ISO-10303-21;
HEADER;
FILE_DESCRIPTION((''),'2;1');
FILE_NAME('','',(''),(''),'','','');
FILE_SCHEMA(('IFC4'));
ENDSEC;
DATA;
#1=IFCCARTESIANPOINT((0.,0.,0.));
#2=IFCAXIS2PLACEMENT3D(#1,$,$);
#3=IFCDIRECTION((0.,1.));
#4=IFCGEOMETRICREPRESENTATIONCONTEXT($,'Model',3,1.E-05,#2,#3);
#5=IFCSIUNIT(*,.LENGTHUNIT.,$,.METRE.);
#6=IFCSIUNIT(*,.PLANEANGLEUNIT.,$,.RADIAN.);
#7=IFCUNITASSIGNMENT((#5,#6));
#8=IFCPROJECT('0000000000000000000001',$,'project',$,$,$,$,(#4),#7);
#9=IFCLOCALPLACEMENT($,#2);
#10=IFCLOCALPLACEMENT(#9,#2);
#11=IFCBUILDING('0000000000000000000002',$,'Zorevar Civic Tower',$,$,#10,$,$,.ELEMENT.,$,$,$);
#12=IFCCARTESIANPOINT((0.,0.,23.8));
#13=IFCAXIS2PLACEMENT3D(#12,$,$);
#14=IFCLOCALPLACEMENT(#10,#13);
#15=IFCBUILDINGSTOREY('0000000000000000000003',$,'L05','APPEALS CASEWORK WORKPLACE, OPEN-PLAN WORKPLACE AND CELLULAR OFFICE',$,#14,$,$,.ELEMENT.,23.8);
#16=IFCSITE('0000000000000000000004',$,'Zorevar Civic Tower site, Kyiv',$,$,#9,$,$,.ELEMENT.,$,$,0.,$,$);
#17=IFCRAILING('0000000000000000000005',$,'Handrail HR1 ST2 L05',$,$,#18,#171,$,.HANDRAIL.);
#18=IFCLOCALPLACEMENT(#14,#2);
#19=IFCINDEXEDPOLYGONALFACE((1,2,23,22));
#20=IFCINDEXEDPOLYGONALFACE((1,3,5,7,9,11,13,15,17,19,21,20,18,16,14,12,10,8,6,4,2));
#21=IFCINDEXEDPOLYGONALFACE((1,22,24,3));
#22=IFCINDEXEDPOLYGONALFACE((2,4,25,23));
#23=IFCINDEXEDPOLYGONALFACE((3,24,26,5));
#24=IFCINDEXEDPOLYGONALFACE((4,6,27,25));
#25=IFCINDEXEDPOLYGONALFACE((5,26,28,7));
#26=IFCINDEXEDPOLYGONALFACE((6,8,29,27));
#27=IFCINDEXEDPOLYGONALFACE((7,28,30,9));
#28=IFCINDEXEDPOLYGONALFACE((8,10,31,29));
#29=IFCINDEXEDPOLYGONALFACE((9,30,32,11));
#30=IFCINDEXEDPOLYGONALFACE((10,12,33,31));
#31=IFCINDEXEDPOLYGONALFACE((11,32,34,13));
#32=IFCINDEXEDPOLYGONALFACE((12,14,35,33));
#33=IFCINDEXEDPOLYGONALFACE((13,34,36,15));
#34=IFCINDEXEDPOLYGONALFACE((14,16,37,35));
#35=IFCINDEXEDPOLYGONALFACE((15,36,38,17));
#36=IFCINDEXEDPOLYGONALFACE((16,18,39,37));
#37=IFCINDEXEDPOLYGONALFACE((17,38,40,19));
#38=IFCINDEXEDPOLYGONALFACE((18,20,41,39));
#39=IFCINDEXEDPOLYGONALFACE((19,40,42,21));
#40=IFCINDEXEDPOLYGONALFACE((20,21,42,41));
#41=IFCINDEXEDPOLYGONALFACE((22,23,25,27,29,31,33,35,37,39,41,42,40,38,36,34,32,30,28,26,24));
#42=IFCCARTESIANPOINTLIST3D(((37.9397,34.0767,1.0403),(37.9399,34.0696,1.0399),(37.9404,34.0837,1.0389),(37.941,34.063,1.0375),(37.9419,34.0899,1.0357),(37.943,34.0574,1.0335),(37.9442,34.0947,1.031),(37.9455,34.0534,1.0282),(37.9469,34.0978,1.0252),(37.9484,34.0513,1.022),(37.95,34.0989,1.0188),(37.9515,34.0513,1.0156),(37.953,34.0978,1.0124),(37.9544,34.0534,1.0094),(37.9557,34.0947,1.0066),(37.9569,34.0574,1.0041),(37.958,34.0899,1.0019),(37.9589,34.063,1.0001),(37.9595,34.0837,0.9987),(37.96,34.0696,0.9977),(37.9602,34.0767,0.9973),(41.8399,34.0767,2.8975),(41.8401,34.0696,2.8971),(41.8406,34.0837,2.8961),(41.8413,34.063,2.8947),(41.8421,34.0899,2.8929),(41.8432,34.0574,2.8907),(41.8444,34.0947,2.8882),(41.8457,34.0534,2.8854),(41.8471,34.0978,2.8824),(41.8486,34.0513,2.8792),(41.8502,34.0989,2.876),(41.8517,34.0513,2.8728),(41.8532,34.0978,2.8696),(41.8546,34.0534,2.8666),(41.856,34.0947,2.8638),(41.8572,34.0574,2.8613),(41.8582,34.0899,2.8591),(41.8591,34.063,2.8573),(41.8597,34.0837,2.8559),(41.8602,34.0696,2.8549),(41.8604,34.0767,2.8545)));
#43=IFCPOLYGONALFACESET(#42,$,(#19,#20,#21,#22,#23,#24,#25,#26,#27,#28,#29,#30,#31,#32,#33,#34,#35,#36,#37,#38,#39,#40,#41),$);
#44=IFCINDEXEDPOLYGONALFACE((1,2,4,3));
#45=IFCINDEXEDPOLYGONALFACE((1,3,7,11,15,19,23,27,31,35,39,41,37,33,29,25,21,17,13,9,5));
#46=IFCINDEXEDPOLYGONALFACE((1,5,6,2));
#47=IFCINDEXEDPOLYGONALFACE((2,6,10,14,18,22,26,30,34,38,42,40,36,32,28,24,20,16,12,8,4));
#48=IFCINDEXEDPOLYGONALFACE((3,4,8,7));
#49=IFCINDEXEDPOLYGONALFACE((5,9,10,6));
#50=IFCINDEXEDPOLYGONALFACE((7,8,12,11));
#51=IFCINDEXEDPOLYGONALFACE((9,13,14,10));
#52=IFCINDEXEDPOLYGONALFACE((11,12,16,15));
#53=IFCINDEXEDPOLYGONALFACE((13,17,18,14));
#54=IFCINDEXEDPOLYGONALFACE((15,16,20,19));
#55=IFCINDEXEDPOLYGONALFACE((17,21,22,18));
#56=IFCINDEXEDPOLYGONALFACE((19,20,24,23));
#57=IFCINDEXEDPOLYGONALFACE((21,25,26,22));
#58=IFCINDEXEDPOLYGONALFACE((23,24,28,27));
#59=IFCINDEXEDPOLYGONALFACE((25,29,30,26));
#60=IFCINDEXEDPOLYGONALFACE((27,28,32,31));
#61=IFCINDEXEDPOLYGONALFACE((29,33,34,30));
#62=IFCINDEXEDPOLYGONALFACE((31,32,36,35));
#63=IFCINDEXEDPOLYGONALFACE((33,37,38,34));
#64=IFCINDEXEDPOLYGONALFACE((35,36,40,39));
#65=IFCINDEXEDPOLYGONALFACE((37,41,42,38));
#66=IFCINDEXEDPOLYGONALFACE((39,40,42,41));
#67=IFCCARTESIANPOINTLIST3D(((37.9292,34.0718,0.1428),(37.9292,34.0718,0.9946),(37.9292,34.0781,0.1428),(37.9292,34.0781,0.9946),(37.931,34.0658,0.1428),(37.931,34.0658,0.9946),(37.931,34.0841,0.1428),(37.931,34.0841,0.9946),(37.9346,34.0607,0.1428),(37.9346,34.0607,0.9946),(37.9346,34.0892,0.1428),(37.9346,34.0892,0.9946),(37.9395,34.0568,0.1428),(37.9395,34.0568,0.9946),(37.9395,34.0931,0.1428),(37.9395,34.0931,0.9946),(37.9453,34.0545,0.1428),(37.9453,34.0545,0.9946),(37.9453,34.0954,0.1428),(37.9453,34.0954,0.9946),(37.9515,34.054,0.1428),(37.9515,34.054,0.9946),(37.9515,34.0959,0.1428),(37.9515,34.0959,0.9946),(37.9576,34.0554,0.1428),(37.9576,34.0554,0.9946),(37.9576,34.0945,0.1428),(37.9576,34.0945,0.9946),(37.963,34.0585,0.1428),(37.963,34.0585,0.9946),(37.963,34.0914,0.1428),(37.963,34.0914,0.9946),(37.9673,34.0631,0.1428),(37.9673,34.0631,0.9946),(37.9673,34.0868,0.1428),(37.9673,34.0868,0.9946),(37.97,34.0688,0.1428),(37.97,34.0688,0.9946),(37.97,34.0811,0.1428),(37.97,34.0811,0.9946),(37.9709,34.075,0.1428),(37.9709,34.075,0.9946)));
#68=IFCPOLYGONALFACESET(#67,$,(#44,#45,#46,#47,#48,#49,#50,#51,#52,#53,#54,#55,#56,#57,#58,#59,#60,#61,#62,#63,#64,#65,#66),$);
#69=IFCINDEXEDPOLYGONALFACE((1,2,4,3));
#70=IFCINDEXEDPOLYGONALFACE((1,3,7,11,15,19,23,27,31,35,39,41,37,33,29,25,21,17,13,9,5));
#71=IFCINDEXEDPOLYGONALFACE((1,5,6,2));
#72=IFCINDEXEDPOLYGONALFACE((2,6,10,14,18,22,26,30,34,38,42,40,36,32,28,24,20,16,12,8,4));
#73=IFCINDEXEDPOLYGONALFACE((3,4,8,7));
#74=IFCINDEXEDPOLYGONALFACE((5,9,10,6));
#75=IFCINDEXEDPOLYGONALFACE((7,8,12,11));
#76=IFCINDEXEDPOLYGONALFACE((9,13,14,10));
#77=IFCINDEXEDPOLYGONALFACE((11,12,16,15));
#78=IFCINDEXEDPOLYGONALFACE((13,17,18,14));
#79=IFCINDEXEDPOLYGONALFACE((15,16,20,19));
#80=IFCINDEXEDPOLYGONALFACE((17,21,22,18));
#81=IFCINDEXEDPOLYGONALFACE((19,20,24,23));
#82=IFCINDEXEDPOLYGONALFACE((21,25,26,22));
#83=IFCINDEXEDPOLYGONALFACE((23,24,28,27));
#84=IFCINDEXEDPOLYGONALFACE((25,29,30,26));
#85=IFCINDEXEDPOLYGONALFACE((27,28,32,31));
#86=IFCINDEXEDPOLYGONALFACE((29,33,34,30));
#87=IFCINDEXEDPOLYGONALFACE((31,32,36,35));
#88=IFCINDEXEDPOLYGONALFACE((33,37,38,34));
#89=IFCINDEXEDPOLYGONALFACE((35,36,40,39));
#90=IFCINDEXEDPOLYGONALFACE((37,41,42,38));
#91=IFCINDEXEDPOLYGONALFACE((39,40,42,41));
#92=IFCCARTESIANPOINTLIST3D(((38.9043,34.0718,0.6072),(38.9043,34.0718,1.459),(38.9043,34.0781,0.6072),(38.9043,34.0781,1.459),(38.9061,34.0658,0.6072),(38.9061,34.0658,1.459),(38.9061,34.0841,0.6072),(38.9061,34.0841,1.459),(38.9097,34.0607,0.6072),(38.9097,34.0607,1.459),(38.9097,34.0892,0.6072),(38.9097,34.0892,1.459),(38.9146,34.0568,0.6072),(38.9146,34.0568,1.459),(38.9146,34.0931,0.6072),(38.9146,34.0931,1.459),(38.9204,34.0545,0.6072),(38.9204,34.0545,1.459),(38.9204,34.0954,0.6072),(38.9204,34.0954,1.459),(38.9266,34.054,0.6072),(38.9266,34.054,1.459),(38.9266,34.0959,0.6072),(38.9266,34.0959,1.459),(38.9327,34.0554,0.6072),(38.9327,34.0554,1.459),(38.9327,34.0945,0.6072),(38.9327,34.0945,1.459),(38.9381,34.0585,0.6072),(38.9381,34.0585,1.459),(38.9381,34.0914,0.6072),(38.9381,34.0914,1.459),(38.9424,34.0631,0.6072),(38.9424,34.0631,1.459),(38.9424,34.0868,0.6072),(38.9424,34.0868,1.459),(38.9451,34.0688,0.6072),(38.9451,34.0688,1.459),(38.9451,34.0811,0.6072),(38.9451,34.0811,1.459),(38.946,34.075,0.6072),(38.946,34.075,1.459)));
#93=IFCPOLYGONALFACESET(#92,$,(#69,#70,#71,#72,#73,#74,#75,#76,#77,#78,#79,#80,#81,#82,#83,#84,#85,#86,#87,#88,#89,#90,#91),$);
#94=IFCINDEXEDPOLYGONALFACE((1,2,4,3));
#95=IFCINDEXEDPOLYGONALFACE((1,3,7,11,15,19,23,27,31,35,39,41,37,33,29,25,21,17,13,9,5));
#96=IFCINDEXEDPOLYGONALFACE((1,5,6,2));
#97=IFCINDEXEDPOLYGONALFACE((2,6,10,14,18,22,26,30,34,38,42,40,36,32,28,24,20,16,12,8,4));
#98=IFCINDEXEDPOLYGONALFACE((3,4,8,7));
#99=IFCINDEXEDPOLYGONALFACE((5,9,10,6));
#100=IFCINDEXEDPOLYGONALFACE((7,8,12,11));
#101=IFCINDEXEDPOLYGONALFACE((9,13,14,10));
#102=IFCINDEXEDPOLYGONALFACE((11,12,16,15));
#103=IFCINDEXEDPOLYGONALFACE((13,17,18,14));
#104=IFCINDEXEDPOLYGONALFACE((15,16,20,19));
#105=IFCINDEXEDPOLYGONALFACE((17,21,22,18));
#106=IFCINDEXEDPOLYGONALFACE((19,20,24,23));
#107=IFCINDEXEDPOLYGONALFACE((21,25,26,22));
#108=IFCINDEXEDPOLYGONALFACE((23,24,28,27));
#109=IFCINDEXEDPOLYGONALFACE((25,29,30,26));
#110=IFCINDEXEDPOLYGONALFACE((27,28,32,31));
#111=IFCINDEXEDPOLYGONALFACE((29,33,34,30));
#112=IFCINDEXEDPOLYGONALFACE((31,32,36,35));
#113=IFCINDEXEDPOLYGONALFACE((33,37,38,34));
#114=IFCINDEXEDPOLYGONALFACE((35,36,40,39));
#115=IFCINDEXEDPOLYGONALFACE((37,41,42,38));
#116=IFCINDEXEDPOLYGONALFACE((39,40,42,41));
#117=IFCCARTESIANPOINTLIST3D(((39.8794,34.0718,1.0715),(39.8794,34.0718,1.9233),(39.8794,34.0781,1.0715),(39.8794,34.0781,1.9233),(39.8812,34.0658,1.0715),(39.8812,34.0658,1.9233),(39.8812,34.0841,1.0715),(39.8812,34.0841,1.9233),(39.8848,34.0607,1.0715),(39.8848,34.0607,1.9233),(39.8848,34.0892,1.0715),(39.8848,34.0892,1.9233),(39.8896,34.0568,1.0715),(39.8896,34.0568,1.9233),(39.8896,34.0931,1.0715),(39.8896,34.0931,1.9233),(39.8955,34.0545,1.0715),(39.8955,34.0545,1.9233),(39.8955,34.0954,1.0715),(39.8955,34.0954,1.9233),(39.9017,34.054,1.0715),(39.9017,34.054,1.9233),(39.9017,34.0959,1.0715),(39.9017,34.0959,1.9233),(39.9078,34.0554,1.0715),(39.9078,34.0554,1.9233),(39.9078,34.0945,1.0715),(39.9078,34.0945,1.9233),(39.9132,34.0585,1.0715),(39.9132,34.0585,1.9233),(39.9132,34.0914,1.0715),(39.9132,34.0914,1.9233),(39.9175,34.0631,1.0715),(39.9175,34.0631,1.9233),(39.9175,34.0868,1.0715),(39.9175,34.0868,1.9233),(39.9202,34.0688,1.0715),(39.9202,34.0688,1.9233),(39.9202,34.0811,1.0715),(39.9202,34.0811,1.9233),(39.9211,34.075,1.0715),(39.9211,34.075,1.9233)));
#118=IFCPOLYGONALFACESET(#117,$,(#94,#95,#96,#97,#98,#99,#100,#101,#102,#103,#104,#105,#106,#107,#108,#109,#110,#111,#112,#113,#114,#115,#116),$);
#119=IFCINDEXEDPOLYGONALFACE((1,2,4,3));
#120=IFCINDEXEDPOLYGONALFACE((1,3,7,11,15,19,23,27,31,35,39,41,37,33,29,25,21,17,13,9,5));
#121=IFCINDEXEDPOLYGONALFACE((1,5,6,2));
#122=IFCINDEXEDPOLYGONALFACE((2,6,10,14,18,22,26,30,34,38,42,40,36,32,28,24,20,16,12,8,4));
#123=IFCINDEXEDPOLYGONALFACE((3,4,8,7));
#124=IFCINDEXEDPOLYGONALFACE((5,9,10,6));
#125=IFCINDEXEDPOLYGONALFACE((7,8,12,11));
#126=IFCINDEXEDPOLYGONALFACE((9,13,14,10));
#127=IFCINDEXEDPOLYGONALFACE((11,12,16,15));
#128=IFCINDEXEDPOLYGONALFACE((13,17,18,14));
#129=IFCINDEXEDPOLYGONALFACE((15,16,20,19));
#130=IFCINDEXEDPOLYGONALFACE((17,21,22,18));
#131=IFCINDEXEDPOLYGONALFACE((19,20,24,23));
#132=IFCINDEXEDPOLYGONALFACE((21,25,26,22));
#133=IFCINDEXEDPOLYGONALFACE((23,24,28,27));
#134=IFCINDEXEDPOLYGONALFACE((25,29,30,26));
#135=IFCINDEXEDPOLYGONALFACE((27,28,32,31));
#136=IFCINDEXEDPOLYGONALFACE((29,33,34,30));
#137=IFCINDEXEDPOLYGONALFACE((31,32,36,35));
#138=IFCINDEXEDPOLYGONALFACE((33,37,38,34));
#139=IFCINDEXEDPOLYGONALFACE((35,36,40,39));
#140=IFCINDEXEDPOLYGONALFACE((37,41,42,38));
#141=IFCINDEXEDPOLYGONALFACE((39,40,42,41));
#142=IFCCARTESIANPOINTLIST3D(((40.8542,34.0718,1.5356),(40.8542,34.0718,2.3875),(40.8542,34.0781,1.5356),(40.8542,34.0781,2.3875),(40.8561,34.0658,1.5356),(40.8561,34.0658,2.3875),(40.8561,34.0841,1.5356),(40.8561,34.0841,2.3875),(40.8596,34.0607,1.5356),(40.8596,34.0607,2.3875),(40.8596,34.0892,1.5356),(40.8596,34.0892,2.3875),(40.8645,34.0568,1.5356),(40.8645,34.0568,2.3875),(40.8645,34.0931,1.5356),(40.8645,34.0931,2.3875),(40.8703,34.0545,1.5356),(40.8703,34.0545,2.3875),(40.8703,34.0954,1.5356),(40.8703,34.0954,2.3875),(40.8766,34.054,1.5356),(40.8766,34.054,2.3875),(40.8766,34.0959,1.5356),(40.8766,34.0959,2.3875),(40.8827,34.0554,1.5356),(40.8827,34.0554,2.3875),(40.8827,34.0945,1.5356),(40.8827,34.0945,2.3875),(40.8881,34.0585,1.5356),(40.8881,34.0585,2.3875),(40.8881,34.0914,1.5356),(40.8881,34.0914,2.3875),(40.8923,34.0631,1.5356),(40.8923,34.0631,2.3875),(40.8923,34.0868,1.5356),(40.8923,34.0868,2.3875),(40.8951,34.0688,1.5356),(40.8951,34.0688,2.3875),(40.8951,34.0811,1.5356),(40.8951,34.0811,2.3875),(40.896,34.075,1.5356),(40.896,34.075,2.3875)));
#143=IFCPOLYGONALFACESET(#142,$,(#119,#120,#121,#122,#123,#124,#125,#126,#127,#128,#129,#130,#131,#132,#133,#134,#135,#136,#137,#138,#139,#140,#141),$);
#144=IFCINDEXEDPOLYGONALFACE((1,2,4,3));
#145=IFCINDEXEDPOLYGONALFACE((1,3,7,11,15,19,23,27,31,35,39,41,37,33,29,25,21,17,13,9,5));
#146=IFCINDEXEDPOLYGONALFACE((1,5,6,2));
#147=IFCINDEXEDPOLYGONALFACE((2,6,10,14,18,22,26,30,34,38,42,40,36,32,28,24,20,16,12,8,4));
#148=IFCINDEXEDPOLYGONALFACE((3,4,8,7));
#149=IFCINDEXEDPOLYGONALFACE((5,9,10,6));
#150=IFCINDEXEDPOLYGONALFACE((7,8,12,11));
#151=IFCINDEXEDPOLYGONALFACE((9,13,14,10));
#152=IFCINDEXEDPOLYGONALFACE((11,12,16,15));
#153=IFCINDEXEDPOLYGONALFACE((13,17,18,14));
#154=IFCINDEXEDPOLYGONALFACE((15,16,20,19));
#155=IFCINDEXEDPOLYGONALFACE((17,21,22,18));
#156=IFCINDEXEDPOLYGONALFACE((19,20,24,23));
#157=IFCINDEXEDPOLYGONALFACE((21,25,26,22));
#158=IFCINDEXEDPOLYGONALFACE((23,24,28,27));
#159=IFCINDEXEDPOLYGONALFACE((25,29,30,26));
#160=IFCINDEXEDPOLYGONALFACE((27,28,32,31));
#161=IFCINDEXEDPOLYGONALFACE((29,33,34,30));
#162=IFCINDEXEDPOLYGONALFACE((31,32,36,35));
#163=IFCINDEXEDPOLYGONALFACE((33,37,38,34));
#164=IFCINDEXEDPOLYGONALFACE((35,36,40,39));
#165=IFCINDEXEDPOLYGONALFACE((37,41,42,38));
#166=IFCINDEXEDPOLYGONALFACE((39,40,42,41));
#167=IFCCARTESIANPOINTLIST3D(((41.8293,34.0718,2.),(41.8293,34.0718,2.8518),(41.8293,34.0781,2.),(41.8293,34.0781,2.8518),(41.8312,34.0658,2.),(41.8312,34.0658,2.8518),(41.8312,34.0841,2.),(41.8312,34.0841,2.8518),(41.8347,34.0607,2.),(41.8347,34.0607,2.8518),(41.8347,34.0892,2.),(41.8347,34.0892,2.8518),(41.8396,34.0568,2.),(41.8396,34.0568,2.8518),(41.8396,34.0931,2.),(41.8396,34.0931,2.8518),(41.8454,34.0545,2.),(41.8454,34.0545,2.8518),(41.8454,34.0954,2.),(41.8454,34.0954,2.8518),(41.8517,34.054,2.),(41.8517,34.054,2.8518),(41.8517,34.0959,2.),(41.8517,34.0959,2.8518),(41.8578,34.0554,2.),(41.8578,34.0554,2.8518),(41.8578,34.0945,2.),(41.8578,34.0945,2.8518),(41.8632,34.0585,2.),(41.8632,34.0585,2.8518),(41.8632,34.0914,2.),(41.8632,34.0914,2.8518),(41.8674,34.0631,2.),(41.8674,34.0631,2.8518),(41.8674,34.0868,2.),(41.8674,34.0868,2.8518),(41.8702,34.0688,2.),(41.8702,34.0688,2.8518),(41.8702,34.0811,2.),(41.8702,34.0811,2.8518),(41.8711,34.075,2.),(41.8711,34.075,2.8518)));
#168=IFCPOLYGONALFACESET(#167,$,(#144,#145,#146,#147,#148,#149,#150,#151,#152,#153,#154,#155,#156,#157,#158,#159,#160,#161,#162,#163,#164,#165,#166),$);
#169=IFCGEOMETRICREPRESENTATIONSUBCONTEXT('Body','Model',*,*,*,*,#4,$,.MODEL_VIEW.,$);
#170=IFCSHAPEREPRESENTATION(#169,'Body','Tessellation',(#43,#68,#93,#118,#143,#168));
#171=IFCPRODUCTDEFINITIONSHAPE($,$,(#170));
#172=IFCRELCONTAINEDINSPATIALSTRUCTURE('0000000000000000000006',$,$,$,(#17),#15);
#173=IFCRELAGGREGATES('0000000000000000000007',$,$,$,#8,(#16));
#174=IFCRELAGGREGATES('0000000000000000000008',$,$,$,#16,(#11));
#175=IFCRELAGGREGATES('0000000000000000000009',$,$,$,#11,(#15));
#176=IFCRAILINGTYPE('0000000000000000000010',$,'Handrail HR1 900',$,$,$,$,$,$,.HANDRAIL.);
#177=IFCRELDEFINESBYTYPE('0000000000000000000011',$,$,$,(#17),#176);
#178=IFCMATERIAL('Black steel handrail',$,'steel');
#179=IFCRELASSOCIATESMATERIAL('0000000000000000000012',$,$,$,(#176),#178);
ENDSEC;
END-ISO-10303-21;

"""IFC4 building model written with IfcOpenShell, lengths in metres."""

from ifc_helpers import new_model, si_unit, direction, frame, origin, origin_2d, place, context, subcontext, project, spatial, circle, extrude, material, type_object, element, save


model = new_model("IFC4")

# Units and contexts
model_context = context("Model", 3, precision=1e-05, world=origin(), true_north=direction((0.0, 1.0)))
body_context = subcontext(model_context, "Body", "Model", "MODEL_VIEW")
ifc_project = project(units=[si_unit("LENGTHUNIT", "METRE"), si_unit("PLANEANGLEUNIT", "RADIAN")], contexts=[model_context])

# Site, building, storey
site_placement = place(None, origin())
site = spatial("IfcSite", under=ifc_project, at=site_placement, Name="Zorevar Civic Tower site, Kyiv", CompositionType="ELEMENT", RefElevation=0.0)
building_placement = place(site_placement, origin())
building = spatial("IfcBuilding", under=site, at=building_placement, Name="Zorevar Civic Tower", CompositionType="ELEMENT")
storey_placement = place(building_placement, frame((0.0, 0.0, 23.8)))
storey = spatial("IfcBuildingStorey", under=building, at=storey_placement, Name="L05", Description="APPEALS CASEWORK WORKPLACE, OPEN-PLAN WORKPLACE AND CELLULAR OFFICE", CompositionType="ELEMENT", Elevation=23.8)

# Railing
ifc_material_1 = material(Name="Black steel handrail", Category="steel")
railing_type = type_object("IfcRailingType", Name="Handrail HR1 900", PredefinedType="HANDRAIL", material=ifc_material_1)
railing_1_placement = place(storey_placement, frame((37.95, 34.075, 0.1428)))
element("IfcRailing", 1, at=railing_1_placement, inside=storey, type_object=railing_type, Name="Handrail HR1 ST2 L05", PredefinedType="HANDRAIL", context=body_context, shape_type="SweptSolid", body=[
    extrude(circle(Radius=0.0239, at=origin_2d()), frame((0.0, 0.0, 0.876), z_axis=(0.902864, 0.0, 0.429927), x_axis=(0.0, 1.0, 0.0)), (0.0, 0.0, 1.0), 4.3198),
    extrude(circle(Radius=0.021, at=origin_2d()), origin(), (0.0, 0.0, 1.0), 0.8518),
    extrude(circle(Radius=0.021, at=origin_2d()), frame((0.9751, 0.0, 0.4644)), (0.0, 0.0, 1.0), 0.8518),
    extrude(circle(Radius=0.021, at=origin_2d()), frame((1.9502, 0.0, 0.9287)), (0.0, 0.0, 1.0), 0.8518),
    extrude(circle(Radius=0.021, at=origin_2d()), frame((2.925, 0.0, 1.3928)), (0.0, 0.0, 1.0), 0.8518),
    extrude(circle(Radius=0.021, at=origin_2d()), frame((3.9001, 0.0, 1.8572)), (0.0, 0.0, 1.0), 0.8518),
])

save(model, "model.ifc")
